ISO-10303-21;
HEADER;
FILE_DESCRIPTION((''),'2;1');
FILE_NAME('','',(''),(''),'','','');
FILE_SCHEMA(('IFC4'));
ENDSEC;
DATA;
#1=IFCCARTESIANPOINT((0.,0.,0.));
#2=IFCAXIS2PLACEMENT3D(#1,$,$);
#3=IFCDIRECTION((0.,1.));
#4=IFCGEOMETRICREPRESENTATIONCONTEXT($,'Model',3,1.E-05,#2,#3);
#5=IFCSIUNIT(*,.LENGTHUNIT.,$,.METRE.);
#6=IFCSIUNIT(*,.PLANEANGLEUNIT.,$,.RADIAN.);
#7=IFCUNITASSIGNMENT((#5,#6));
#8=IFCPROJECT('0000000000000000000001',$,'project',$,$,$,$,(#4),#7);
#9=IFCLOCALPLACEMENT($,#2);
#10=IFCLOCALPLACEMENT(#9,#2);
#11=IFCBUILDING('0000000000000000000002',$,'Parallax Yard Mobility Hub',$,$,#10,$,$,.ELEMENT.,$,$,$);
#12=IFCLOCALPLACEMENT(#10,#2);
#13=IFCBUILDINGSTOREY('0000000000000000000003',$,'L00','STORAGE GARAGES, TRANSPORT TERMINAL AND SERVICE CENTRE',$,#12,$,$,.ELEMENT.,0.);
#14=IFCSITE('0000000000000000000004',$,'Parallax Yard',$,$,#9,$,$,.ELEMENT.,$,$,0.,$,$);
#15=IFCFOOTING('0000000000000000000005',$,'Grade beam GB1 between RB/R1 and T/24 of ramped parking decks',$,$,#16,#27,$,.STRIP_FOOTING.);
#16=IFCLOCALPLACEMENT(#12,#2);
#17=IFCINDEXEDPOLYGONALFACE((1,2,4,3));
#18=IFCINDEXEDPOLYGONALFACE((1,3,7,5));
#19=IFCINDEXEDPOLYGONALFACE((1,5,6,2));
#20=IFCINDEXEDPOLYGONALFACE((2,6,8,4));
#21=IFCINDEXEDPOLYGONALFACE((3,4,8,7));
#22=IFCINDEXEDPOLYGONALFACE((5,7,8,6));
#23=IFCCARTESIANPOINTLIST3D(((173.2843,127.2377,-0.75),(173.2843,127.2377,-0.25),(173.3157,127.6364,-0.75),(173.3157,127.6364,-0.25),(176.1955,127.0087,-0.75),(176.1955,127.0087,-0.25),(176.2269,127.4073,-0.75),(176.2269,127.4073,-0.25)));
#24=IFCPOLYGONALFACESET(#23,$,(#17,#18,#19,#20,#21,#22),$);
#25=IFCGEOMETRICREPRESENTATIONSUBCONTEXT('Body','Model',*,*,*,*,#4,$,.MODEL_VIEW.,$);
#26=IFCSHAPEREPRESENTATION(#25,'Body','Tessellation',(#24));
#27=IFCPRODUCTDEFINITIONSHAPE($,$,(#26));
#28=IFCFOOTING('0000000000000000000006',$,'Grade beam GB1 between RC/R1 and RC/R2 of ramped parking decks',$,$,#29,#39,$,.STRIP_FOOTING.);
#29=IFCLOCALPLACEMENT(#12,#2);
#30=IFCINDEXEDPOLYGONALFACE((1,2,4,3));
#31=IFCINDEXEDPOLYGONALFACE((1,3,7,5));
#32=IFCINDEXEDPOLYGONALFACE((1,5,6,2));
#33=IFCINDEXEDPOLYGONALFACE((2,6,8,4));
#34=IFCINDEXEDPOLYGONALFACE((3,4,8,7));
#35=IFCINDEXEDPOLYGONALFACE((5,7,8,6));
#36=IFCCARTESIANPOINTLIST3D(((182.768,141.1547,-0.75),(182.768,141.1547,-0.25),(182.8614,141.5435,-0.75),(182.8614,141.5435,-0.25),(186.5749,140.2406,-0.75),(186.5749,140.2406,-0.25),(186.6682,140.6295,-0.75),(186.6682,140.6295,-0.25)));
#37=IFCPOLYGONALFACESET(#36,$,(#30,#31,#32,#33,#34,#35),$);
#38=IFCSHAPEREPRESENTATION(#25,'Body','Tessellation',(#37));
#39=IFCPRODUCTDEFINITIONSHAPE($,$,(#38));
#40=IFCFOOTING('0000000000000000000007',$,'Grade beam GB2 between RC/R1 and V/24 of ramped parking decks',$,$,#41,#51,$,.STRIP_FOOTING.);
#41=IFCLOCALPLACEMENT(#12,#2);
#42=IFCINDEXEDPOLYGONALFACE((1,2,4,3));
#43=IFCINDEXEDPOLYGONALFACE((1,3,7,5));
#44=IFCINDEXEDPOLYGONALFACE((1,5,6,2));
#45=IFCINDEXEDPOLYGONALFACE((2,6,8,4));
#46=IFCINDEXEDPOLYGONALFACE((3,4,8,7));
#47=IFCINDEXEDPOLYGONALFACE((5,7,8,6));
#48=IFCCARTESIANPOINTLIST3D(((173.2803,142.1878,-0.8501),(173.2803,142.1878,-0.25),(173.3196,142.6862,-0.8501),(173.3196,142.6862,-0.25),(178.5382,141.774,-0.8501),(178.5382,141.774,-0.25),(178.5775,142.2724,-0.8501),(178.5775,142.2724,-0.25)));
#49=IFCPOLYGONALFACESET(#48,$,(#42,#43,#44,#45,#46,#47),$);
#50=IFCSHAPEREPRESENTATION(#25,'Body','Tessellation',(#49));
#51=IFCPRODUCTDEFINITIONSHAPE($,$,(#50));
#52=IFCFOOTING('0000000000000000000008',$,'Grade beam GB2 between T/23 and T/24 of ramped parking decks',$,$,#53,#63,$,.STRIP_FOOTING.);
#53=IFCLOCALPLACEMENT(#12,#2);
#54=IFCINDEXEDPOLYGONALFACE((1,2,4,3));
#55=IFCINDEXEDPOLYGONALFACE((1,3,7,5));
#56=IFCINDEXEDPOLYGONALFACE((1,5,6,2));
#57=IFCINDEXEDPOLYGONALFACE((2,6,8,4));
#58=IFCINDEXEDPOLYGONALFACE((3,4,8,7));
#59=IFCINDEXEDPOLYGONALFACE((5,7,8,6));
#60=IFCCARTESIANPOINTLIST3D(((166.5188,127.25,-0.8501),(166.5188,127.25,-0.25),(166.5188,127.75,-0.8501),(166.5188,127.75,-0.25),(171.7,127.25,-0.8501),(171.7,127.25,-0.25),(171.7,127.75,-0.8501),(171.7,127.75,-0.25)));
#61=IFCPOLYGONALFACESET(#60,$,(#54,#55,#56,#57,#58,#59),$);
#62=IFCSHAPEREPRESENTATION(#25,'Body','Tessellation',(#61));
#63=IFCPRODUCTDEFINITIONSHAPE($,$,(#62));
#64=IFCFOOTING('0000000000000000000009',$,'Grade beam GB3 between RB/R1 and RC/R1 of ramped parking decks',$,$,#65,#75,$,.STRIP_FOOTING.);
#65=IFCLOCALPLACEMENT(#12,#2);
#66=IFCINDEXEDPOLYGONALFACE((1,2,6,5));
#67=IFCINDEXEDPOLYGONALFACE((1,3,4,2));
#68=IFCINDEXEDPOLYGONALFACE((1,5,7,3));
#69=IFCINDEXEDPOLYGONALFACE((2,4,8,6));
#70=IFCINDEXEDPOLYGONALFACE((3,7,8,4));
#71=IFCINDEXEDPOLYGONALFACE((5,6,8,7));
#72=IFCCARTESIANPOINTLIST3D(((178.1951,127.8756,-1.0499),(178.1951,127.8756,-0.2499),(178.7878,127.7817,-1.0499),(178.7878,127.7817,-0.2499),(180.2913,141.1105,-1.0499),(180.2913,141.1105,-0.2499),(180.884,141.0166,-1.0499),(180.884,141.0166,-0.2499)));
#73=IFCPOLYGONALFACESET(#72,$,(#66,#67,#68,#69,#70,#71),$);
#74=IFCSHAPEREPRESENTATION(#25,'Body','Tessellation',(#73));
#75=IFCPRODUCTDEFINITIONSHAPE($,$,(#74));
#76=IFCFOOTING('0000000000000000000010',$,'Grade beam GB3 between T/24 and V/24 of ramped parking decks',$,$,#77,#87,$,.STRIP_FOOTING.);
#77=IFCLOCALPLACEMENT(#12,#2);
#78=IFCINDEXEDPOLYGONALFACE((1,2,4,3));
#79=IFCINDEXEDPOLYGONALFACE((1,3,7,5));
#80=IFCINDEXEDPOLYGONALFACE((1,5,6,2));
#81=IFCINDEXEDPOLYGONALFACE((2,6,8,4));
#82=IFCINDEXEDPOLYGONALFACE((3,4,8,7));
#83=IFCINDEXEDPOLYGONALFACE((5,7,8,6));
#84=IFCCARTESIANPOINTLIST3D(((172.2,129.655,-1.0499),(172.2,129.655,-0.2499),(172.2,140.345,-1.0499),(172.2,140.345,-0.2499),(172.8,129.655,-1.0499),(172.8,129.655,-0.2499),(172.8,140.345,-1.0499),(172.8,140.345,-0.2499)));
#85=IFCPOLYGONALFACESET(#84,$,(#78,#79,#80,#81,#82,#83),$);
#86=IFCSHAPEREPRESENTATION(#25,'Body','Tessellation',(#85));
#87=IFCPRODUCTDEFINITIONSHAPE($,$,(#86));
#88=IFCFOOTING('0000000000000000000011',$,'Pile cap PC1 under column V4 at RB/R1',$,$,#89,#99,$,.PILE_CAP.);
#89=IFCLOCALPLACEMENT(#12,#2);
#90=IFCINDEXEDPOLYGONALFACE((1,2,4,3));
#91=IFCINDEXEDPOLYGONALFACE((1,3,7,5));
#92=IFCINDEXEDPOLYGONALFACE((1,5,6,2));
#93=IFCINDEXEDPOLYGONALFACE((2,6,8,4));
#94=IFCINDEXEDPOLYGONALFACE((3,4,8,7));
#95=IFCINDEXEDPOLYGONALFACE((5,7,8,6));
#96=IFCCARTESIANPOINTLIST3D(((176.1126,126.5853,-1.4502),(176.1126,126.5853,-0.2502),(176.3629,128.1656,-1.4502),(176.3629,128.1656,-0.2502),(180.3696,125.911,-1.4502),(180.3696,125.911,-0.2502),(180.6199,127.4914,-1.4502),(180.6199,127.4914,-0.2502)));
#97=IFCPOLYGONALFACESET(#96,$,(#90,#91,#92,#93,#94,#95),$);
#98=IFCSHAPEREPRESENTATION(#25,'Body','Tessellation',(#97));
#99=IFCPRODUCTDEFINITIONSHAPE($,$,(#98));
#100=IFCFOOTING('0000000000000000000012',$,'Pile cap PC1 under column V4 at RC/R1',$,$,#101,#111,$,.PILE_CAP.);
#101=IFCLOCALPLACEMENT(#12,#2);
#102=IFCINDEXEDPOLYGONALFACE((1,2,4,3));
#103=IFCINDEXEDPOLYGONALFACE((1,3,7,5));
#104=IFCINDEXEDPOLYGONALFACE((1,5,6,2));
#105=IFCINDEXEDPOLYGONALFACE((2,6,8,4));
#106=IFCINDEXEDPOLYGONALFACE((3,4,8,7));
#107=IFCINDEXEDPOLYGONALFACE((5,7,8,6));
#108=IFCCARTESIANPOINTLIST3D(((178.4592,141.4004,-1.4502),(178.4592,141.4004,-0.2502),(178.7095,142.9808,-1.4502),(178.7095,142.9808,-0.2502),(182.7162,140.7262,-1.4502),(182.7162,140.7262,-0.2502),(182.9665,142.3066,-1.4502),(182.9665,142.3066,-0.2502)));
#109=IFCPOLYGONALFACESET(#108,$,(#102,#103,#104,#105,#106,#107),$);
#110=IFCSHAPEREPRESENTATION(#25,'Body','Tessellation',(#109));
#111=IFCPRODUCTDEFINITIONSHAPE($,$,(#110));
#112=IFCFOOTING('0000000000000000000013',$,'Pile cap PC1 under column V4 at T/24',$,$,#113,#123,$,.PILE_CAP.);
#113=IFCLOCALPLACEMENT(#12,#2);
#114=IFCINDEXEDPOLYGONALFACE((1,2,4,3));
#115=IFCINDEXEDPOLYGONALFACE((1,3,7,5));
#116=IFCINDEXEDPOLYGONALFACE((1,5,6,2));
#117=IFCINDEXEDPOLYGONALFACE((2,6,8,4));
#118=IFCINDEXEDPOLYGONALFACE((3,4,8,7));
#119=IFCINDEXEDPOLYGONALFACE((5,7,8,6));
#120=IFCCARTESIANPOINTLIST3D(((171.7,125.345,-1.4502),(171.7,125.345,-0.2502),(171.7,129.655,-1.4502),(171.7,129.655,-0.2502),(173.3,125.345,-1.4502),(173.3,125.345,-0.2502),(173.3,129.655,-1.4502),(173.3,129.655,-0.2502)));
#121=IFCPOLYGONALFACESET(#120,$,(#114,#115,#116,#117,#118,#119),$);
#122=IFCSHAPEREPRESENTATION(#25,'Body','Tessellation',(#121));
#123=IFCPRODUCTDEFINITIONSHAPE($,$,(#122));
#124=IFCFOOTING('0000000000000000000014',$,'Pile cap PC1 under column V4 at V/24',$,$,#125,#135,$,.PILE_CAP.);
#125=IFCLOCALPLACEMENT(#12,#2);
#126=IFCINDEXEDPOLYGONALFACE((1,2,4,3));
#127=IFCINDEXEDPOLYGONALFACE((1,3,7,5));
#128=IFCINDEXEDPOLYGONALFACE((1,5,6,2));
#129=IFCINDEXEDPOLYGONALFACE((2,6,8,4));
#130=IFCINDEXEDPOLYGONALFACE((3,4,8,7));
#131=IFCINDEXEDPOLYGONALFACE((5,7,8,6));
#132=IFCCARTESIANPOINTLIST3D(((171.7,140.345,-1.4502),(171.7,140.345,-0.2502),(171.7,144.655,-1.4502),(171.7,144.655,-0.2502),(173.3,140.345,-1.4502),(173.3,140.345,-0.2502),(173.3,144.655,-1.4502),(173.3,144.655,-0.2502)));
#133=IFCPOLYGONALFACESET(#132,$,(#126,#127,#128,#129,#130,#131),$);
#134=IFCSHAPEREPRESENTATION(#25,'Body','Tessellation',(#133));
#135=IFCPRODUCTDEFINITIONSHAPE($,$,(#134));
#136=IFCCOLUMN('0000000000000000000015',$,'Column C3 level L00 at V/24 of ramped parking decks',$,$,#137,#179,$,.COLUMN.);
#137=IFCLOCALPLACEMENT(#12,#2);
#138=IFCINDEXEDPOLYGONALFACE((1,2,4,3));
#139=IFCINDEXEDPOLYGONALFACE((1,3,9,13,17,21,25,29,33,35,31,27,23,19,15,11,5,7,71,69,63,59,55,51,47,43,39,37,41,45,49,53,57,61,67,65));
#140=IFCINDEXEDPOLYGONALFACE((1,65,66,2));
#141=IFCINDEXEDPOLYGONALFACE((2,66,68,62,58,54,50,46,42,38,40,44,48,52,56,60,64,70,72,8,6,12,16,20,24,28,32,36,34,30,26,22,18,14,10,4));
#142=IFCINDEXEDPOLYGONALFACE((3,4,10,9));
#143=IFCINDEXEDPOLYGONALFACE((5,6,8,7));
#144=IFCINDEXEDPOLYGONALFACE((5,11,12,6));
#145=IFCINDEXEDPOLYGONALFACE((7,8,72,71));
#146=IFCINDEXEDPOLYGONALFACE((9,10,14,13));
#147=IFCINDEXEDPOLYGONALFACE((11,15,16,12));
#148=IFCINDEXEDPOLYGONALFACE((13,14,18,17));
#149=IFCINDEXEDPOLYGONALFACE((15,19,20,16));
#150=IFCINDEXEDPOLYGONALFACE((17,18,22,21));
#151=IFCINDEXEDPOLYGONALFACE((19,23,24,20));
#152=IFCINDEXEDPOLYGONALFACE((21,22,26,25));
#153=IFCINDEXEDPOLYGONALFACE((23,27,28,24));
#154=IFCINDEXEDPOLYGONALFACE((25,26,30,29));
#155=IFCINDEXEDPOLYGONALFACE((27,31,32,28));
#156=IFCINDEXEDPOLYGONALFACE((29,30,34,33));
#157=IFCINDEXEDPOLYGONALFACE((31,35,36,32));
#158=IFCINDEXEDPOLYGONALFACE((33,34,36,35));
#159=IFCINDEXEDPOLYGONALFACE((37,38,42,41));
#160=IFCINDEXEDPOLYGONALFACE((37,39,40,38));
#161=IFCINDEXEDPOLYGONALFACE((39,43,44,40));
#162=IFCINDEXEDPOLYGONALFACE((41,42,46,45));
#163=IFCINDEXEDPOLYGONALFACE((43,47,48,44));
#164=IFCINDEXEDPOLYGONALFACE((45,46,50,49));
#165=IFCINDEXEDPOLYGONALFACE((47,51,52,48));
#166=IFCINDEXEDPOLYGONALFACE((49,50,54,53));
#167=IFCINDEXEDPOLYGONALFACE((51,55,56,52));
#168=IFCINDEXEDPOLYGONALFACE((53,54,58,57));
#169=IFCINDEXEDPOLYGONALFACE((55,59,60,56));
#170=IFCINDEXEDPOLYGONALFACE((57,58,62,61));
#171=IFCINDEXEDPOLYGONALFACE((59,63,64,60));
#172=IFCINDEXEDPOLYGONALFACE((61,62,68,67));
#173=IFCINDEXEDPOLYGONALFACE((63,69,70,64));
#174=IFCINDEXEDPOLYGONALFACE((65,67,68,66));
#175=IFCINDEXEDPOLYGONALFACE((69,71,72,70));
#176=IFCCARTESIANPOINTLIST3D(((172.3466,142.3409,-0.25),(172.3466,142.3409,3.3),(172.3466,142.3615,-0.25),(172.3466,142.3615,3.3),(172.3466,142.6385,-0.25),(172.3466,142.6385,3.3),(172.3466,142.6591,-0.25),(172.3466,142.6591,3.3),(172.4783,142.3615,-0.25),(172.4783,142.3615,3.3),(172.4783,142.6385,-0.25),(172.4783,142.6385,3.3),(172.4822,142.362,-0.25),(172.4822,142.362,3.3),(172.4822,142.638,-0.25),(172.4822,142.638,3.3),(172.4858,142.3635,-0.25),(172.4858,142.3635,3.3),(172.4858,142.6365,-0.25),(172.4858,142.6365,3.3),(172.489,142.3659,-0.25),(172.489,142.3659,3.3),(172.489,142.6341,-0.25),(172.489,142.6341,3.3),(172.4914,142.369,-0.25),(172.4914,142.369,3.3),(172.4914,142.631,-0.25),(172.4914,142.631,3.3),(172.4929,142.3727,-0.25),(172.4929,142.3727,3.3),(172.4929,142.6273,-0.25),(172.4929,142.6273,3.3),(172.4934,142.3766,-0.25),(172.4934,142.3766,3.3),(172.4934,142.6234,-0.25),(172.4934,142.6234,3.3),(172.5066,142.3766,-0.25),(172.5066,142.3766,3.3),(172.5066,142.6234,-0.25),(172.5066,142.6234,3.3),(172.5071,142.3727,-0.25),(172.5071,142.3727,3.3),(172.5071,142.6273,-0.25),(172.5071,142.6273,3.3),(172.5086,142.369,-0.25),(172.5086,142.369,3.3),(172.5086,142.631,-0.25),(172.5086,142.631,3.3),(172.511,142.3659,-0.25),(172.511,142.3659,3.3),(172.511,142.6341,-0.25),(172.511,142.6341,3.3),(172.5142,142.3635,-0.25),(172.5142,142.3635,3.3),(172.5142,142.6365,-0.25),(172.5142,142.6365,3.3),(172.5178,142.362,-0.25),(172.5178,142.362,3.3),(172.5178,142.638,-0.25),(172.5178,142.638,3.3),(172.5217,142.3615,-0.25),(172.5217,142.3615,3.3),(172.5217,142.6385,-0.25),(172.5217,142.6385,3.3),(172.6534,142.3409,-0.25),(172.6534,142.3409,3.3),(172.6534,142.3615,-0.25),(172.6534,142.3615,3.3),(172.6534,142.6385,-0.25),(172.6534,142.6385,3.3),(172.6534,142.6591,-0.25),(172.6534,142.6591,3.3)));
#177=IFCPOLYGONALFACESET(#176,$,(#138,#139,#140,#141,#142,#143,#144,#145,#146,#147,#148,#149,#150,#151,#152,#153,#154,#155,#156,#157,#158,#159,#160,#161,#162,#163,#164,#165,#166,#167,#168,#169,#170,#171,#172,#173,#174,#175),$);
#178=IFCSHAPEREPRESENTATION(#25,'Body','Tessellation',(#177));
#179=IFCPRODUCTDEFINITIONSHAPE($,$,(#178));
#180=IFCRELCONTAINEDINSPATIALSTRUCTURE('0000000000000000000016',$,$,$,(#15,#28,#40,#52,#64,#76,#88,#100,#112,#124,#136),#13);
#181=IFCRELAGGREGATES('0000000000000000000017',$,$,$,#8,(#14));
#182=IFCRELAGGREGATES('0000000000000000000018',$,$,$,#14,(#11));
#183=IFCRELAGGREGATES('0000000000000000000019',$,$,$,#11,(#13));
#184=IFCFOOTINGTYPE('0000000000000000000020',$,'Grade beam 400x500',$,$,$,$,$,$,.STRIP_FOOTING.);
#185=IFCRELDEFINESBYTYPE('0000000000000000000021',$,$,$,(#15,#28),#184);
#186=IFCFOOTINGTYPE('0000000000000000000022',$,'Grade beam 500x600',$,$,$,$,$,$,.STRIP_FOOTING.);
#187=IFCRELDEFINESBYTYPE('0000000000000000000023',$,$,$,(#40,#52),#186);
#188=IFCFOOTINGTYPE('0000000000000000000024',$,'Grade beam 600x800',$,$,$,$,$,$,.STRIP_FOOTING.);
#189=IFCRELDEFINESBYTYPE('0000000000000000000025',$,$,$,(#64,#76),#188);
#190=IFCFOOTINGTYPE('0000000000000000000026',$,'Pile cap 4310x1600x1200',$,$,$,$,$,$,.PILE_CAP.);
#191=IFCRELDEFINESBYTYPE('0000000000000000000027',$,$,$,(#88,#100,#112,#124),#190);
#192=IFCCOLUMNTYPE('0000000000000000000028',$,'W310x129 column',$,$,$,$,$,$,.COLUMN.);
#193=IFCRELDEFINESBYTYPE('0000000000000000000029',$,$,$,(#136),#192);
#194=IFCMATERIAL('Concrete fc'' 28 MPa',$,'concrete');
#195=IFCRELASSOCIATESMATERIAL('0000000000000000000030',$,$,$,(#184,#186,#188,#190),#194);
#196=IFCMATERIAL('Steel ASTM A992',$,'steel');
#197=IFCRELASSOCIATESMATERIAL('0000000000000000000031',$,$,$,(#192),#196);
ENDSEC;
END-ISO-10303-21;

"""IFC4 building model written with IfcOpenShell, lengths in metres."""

from ifc_helpers import new_model, si_unit, direction, frame, origin, origin_2d, place, context, subcontext, project, spatial, rectangle, i_section, extrude, material, material_profile, profile_set, type_object, element, save


model = new_model("IFC4")

# Units and contexts
model_context = context("Model", 3, precision=1e-05, world=origin(), true_north=direction((0.0, 1.0)))
body_context = subcontext(model_context, "Body", "Model", "MODEL_VIEW")
ifc_project = project(units=[si_unit("LENGTHUNIT", "METRE"), si_unit("PLANEANGLEUNIT", "RADIAN")], contexts=[model_context])

# Site, building, storey
site_placement = place(None, origin())
site = spatial("IfcSite", under=ifc_project, at=site_placement, Name="Parallax Yard", CompositionType="ELEMENT", RefElevation=0.0)
building_placement = place(site_placement, origin())
building = spatial("IfcBuilding", under=site, at=building_placement, Name="Parallax Yard Mobility Hub", CompositionType="ELEMENT")
storey_placement = place(building_placement, origin())
storey = spatial("IfcBuildingStorey", under=building, at=storey_placement, Name="L00", Description="STORAGE GARAGES, TRANSPORT TERMINAL AND SERVICE CENTRE", CompositionType="ELEMENT", Elevation=0.0)

# Shared definitions
ifc_material_1 = material(Name="Concrete fc' 28 MPa", Category="concrete")

# Footings
ifc_material_profile_1 = material_profile(ifc_material_1, rectangle(XDim=0.3999, YDim=0.5, at=origin_2d()), Name="Grade beam 400x500")
ifc_profile_set_1 = profile_set([ifc_material_profile_1], Name="Concrete fc' 28 MPa")
footing_type_1 = type_object("IfcFootingType", Name="Grade beam 400x500", PredefinedType="STRIP_FOOTING", material=ifc_profile_set_1)
footing_1_placement = place(storey_placement, frame((176.2112, 127.208, -0.5), z_axis=(-0.99692, 0.078423, 0.0), x_axis=(-0.078423, -0.99692, 0.0)))
element("IfcFooting", 1, at=footing_1_placement, inside=storey, type_object=footing_type_1, Name="Grade beam GB1 between RB/R1 and T/24 of ramped parking decks", PredefinedType="STRIP_FOOTING", context=body_context, shape_type="SweptSolid", body=[
    extrude(rectangle(XDim=0.3999, YDim=0.5, at=origin_2d()), origin(), (0.0, 0.0, 1.0), 2.9202),
])
footing_2_placement = place(storey_placement, frame((182.8147, 141.3491, -0.5), z_axis=(0.972364, -0.233472, 0.0), x_axis=(0.233472, 0.972364, 0.0)))
element("IfcFooting", 2, at=footing_2_placement, inside=storey, type_object=footing_type_1, Name="Grade beam GB1 between RC/R1 and RC/R2 of ramped parking decks", PredefinedType="STRIP_FOOTING", context=body_context, shape_type="SweptSolid", body=[
    extrude(rectangle(XDim=0.3999, YDim=0.5, at=origin_2d()), origin(), (0.0, 0.0, 1.0), 3.915),
])
ifc_material_profile_2 = material_profile(ifc_material_1, rectangle(XDim=0.5, YDim=0.6001, at=origin_2d()), Name="Grade beam 500x600")
ifc_profile_set_2 = profile_set([ifc_material_profile_2], Name="Concrete fc' 28 MPa")
footing_type_2 = type_object("IfcFootingType", Name="Grade beam 500x600", PredefinedType="STRIP_FOOTING", material=ifc_profile_set_2)
footing_3_placement = place(storey_placement, frame((178.5579, 142.0232, -0.55), z_axis=(-0.996917, 0.078463, 0.0), x_axis=(-0.078463, -0.996917, 0.0)))
element("IfcFooting", 3, at=footing_3_placement, inside=storey, type_object=footing_type_2, Name="Grade beam GB2 between RC/R1 and V/24 of ramped parking decks", PredefinedType="STRIP_FOOTING", context=body_context, shape_type="SweptSolid", body=[
    extrude(rectangle(XDim=0.5, YDim=0.6001, at=origin_2d()), origin(), (0.0, 0.0, 1.0), 5.2742),
])
footing_4_placement = place(storey_placement, frame((166.5188, 127.5, -0.55), z_axis=(1.0, 0.0, 0.0), x_axis=(0.0, 1.0, 0.0)))
element("IfcFooting", 4, at=footing_4_placement, inside=storey, type_object=footing_type_2, Name="Grade beam GB2 between T/23 and T/24 of ramped parking decks", PredefinedType="STRIP_FOOTING", context=body_context, shape_type="SweptSolid", body=[
    extrude(rectangle(XDim=0.5, YDim=0.6001, at=origin_2d()), origin(), (0.0, 0.0, 1.0), 5.1812),
])
ifc_material_profile_3 = material_profile(ifc_material_1, rectangle(XDim=0.6001, YDim=0.8, at=origin_2d()), Name="Grade beam 600x800")
ifc_profile_set_3 = profile_set([ifc_material_profile_3], Name="Concrete fc' 28 MPa")
footing_type_3 = type_object("IfcFootingType", Name="Grade beam 600x800", PredefinedType="STRIP_FOOTING", material=ifc_profile_set_3)
footing_5_placement = place(storey_placement, frame((178.4915, 127.8286, -0.6499), z_axis=(0.156434, 0.987688, 0.0), x_axis=(-0.987688, 0.156434, 0.0)))
element("IfcFooting", 5, at=footing_5_placement, inside=storey, type_object=footing_type_3, Name="Grade beam GB3 between RB/R1 and RC/R1 of ramped parking decks", PredefinedType="STRIP_FOOTING", context=body_context, shape_type="SweptSolid", body=[
    extrude(rectangle(XDim=0.6001, YDim=0.8, at=origin_2d()), origin(), (0.0, 0.0, 1.0), 13.3999),
])
footing_6_placement = place(storey_placement, frame((172.5, 129.655, -0.6499), z_axis=(0.0, 1.0, 0.0), x_axis=(-1.0, 0.0, 0.0)))
element("IfcFooting", 6, at=footing_6_placement, inside=storey, type_object=footing_type_3, Name="Grade beam GB3 between T/24 and V/24 of ramped parking decks", PredefinedType="STRIP_FOOTING", context=body_context, shape_type="SweptSolid", body=[
    extrude(rectangle(XDim=0.6001, YDim=0.8, at=origin_2d()), origin(), (0.0, 0.0, 1.0), 10.6899),
])
footing_type_4 = type_object("IfcFootingType", Name="Pile cap 4310x1600x1200", PredefinedType="PILE_CAP", material=ifc_material_1)
for number, where, z_axis, x_axis, name in (
    (7, (178.3662, 127.0383, -1.4502), (0.0, 0.0, 1.0), (-0.987688, 0.156434, 0.0), "Pile cap PC1 under column V4 at RB/R1"),
    (8, (180.7129, 141.8535, -1.4502), (0.0, 0.0, 1.0), (-0.987688, 0.156434, 0.0), "Pile cap PC1 under column V4 at RC/R1"),
    (9, (172.5, 127.5, -1.4502), (0.0, 0.0, 1.0), (0.0, 1.0, 0.0), "Pile cap PC1 under column V4 at T/24"),
    (10, (172.5, 142.5, -1.4502), (0.0, 0.0, 1.0), (0.0, 1.0, 0.0), "Pile cap PC1 under column V4 at V/24"),
):
    element("IfcFooting", number, at=place(storey_placement, frame(where, z_axis=z_axis, x_axis=x_axis)), inside=storey, type_object=footing_type_4, Name=name, PredefinedType="PILE_CAP", context=body_context, shape_type="SweptSolid", body=[
        extrude(rectangle(XDim=4.3101, YDim=1.6001, at=origin_2d()), origin(), (0.0, 0.0, 1.0), 1.2),
    ])

# Column
ifc_material_2 = material(Name="Steel ASTM A992", Category="steel")
ifc_material_profile_4 = material_profile(ifc_material_2, i_section(OverallWidth=0.3069, OverallDepth=0.3181, WebThickness=0.0132, FlangeThickness=0.0205, FilletRadius=0.0151, at=origin_2d()), Name="W310x129")
ifc_profile_set_4 = profile_set([ifc_material_profile_4], Name="Steel ASTM A992")
column_type_1 = type_object("IfcColumnType", Name="W310x129 column", PredefinedType="COLUMN", material=ifc_profile_set_4)
for number, where, z_axis, x_axis, name in (
    (11, (172.5, 142.5, -0.25), (0.0, 0.0, 1.0), (1.0, 0.0, 0.0), "Column C3 level L00 at V/24 of ramped parking decks"),
):
    element("IfcColumn", number, at=place(storey_placement, frame(where, z_axis=z_axis, x_axis=x_axis)), inside=storey, type_object=column_type_1, Name=name, PredefinedType="COLUMN", context=body_context, shape_type="SweptSolid", body=[
        extrude(i_section(OverallWidth=0.3069, OverallDepth=0.3181, WebThickness=0.0132, FlangeThickness=0.0205, FilletRadius=0.0151, at=origin_2d()), origin(), (0.0, 0.0, 1.0), 3.55),
    ])

save(model, "model.ifc")
